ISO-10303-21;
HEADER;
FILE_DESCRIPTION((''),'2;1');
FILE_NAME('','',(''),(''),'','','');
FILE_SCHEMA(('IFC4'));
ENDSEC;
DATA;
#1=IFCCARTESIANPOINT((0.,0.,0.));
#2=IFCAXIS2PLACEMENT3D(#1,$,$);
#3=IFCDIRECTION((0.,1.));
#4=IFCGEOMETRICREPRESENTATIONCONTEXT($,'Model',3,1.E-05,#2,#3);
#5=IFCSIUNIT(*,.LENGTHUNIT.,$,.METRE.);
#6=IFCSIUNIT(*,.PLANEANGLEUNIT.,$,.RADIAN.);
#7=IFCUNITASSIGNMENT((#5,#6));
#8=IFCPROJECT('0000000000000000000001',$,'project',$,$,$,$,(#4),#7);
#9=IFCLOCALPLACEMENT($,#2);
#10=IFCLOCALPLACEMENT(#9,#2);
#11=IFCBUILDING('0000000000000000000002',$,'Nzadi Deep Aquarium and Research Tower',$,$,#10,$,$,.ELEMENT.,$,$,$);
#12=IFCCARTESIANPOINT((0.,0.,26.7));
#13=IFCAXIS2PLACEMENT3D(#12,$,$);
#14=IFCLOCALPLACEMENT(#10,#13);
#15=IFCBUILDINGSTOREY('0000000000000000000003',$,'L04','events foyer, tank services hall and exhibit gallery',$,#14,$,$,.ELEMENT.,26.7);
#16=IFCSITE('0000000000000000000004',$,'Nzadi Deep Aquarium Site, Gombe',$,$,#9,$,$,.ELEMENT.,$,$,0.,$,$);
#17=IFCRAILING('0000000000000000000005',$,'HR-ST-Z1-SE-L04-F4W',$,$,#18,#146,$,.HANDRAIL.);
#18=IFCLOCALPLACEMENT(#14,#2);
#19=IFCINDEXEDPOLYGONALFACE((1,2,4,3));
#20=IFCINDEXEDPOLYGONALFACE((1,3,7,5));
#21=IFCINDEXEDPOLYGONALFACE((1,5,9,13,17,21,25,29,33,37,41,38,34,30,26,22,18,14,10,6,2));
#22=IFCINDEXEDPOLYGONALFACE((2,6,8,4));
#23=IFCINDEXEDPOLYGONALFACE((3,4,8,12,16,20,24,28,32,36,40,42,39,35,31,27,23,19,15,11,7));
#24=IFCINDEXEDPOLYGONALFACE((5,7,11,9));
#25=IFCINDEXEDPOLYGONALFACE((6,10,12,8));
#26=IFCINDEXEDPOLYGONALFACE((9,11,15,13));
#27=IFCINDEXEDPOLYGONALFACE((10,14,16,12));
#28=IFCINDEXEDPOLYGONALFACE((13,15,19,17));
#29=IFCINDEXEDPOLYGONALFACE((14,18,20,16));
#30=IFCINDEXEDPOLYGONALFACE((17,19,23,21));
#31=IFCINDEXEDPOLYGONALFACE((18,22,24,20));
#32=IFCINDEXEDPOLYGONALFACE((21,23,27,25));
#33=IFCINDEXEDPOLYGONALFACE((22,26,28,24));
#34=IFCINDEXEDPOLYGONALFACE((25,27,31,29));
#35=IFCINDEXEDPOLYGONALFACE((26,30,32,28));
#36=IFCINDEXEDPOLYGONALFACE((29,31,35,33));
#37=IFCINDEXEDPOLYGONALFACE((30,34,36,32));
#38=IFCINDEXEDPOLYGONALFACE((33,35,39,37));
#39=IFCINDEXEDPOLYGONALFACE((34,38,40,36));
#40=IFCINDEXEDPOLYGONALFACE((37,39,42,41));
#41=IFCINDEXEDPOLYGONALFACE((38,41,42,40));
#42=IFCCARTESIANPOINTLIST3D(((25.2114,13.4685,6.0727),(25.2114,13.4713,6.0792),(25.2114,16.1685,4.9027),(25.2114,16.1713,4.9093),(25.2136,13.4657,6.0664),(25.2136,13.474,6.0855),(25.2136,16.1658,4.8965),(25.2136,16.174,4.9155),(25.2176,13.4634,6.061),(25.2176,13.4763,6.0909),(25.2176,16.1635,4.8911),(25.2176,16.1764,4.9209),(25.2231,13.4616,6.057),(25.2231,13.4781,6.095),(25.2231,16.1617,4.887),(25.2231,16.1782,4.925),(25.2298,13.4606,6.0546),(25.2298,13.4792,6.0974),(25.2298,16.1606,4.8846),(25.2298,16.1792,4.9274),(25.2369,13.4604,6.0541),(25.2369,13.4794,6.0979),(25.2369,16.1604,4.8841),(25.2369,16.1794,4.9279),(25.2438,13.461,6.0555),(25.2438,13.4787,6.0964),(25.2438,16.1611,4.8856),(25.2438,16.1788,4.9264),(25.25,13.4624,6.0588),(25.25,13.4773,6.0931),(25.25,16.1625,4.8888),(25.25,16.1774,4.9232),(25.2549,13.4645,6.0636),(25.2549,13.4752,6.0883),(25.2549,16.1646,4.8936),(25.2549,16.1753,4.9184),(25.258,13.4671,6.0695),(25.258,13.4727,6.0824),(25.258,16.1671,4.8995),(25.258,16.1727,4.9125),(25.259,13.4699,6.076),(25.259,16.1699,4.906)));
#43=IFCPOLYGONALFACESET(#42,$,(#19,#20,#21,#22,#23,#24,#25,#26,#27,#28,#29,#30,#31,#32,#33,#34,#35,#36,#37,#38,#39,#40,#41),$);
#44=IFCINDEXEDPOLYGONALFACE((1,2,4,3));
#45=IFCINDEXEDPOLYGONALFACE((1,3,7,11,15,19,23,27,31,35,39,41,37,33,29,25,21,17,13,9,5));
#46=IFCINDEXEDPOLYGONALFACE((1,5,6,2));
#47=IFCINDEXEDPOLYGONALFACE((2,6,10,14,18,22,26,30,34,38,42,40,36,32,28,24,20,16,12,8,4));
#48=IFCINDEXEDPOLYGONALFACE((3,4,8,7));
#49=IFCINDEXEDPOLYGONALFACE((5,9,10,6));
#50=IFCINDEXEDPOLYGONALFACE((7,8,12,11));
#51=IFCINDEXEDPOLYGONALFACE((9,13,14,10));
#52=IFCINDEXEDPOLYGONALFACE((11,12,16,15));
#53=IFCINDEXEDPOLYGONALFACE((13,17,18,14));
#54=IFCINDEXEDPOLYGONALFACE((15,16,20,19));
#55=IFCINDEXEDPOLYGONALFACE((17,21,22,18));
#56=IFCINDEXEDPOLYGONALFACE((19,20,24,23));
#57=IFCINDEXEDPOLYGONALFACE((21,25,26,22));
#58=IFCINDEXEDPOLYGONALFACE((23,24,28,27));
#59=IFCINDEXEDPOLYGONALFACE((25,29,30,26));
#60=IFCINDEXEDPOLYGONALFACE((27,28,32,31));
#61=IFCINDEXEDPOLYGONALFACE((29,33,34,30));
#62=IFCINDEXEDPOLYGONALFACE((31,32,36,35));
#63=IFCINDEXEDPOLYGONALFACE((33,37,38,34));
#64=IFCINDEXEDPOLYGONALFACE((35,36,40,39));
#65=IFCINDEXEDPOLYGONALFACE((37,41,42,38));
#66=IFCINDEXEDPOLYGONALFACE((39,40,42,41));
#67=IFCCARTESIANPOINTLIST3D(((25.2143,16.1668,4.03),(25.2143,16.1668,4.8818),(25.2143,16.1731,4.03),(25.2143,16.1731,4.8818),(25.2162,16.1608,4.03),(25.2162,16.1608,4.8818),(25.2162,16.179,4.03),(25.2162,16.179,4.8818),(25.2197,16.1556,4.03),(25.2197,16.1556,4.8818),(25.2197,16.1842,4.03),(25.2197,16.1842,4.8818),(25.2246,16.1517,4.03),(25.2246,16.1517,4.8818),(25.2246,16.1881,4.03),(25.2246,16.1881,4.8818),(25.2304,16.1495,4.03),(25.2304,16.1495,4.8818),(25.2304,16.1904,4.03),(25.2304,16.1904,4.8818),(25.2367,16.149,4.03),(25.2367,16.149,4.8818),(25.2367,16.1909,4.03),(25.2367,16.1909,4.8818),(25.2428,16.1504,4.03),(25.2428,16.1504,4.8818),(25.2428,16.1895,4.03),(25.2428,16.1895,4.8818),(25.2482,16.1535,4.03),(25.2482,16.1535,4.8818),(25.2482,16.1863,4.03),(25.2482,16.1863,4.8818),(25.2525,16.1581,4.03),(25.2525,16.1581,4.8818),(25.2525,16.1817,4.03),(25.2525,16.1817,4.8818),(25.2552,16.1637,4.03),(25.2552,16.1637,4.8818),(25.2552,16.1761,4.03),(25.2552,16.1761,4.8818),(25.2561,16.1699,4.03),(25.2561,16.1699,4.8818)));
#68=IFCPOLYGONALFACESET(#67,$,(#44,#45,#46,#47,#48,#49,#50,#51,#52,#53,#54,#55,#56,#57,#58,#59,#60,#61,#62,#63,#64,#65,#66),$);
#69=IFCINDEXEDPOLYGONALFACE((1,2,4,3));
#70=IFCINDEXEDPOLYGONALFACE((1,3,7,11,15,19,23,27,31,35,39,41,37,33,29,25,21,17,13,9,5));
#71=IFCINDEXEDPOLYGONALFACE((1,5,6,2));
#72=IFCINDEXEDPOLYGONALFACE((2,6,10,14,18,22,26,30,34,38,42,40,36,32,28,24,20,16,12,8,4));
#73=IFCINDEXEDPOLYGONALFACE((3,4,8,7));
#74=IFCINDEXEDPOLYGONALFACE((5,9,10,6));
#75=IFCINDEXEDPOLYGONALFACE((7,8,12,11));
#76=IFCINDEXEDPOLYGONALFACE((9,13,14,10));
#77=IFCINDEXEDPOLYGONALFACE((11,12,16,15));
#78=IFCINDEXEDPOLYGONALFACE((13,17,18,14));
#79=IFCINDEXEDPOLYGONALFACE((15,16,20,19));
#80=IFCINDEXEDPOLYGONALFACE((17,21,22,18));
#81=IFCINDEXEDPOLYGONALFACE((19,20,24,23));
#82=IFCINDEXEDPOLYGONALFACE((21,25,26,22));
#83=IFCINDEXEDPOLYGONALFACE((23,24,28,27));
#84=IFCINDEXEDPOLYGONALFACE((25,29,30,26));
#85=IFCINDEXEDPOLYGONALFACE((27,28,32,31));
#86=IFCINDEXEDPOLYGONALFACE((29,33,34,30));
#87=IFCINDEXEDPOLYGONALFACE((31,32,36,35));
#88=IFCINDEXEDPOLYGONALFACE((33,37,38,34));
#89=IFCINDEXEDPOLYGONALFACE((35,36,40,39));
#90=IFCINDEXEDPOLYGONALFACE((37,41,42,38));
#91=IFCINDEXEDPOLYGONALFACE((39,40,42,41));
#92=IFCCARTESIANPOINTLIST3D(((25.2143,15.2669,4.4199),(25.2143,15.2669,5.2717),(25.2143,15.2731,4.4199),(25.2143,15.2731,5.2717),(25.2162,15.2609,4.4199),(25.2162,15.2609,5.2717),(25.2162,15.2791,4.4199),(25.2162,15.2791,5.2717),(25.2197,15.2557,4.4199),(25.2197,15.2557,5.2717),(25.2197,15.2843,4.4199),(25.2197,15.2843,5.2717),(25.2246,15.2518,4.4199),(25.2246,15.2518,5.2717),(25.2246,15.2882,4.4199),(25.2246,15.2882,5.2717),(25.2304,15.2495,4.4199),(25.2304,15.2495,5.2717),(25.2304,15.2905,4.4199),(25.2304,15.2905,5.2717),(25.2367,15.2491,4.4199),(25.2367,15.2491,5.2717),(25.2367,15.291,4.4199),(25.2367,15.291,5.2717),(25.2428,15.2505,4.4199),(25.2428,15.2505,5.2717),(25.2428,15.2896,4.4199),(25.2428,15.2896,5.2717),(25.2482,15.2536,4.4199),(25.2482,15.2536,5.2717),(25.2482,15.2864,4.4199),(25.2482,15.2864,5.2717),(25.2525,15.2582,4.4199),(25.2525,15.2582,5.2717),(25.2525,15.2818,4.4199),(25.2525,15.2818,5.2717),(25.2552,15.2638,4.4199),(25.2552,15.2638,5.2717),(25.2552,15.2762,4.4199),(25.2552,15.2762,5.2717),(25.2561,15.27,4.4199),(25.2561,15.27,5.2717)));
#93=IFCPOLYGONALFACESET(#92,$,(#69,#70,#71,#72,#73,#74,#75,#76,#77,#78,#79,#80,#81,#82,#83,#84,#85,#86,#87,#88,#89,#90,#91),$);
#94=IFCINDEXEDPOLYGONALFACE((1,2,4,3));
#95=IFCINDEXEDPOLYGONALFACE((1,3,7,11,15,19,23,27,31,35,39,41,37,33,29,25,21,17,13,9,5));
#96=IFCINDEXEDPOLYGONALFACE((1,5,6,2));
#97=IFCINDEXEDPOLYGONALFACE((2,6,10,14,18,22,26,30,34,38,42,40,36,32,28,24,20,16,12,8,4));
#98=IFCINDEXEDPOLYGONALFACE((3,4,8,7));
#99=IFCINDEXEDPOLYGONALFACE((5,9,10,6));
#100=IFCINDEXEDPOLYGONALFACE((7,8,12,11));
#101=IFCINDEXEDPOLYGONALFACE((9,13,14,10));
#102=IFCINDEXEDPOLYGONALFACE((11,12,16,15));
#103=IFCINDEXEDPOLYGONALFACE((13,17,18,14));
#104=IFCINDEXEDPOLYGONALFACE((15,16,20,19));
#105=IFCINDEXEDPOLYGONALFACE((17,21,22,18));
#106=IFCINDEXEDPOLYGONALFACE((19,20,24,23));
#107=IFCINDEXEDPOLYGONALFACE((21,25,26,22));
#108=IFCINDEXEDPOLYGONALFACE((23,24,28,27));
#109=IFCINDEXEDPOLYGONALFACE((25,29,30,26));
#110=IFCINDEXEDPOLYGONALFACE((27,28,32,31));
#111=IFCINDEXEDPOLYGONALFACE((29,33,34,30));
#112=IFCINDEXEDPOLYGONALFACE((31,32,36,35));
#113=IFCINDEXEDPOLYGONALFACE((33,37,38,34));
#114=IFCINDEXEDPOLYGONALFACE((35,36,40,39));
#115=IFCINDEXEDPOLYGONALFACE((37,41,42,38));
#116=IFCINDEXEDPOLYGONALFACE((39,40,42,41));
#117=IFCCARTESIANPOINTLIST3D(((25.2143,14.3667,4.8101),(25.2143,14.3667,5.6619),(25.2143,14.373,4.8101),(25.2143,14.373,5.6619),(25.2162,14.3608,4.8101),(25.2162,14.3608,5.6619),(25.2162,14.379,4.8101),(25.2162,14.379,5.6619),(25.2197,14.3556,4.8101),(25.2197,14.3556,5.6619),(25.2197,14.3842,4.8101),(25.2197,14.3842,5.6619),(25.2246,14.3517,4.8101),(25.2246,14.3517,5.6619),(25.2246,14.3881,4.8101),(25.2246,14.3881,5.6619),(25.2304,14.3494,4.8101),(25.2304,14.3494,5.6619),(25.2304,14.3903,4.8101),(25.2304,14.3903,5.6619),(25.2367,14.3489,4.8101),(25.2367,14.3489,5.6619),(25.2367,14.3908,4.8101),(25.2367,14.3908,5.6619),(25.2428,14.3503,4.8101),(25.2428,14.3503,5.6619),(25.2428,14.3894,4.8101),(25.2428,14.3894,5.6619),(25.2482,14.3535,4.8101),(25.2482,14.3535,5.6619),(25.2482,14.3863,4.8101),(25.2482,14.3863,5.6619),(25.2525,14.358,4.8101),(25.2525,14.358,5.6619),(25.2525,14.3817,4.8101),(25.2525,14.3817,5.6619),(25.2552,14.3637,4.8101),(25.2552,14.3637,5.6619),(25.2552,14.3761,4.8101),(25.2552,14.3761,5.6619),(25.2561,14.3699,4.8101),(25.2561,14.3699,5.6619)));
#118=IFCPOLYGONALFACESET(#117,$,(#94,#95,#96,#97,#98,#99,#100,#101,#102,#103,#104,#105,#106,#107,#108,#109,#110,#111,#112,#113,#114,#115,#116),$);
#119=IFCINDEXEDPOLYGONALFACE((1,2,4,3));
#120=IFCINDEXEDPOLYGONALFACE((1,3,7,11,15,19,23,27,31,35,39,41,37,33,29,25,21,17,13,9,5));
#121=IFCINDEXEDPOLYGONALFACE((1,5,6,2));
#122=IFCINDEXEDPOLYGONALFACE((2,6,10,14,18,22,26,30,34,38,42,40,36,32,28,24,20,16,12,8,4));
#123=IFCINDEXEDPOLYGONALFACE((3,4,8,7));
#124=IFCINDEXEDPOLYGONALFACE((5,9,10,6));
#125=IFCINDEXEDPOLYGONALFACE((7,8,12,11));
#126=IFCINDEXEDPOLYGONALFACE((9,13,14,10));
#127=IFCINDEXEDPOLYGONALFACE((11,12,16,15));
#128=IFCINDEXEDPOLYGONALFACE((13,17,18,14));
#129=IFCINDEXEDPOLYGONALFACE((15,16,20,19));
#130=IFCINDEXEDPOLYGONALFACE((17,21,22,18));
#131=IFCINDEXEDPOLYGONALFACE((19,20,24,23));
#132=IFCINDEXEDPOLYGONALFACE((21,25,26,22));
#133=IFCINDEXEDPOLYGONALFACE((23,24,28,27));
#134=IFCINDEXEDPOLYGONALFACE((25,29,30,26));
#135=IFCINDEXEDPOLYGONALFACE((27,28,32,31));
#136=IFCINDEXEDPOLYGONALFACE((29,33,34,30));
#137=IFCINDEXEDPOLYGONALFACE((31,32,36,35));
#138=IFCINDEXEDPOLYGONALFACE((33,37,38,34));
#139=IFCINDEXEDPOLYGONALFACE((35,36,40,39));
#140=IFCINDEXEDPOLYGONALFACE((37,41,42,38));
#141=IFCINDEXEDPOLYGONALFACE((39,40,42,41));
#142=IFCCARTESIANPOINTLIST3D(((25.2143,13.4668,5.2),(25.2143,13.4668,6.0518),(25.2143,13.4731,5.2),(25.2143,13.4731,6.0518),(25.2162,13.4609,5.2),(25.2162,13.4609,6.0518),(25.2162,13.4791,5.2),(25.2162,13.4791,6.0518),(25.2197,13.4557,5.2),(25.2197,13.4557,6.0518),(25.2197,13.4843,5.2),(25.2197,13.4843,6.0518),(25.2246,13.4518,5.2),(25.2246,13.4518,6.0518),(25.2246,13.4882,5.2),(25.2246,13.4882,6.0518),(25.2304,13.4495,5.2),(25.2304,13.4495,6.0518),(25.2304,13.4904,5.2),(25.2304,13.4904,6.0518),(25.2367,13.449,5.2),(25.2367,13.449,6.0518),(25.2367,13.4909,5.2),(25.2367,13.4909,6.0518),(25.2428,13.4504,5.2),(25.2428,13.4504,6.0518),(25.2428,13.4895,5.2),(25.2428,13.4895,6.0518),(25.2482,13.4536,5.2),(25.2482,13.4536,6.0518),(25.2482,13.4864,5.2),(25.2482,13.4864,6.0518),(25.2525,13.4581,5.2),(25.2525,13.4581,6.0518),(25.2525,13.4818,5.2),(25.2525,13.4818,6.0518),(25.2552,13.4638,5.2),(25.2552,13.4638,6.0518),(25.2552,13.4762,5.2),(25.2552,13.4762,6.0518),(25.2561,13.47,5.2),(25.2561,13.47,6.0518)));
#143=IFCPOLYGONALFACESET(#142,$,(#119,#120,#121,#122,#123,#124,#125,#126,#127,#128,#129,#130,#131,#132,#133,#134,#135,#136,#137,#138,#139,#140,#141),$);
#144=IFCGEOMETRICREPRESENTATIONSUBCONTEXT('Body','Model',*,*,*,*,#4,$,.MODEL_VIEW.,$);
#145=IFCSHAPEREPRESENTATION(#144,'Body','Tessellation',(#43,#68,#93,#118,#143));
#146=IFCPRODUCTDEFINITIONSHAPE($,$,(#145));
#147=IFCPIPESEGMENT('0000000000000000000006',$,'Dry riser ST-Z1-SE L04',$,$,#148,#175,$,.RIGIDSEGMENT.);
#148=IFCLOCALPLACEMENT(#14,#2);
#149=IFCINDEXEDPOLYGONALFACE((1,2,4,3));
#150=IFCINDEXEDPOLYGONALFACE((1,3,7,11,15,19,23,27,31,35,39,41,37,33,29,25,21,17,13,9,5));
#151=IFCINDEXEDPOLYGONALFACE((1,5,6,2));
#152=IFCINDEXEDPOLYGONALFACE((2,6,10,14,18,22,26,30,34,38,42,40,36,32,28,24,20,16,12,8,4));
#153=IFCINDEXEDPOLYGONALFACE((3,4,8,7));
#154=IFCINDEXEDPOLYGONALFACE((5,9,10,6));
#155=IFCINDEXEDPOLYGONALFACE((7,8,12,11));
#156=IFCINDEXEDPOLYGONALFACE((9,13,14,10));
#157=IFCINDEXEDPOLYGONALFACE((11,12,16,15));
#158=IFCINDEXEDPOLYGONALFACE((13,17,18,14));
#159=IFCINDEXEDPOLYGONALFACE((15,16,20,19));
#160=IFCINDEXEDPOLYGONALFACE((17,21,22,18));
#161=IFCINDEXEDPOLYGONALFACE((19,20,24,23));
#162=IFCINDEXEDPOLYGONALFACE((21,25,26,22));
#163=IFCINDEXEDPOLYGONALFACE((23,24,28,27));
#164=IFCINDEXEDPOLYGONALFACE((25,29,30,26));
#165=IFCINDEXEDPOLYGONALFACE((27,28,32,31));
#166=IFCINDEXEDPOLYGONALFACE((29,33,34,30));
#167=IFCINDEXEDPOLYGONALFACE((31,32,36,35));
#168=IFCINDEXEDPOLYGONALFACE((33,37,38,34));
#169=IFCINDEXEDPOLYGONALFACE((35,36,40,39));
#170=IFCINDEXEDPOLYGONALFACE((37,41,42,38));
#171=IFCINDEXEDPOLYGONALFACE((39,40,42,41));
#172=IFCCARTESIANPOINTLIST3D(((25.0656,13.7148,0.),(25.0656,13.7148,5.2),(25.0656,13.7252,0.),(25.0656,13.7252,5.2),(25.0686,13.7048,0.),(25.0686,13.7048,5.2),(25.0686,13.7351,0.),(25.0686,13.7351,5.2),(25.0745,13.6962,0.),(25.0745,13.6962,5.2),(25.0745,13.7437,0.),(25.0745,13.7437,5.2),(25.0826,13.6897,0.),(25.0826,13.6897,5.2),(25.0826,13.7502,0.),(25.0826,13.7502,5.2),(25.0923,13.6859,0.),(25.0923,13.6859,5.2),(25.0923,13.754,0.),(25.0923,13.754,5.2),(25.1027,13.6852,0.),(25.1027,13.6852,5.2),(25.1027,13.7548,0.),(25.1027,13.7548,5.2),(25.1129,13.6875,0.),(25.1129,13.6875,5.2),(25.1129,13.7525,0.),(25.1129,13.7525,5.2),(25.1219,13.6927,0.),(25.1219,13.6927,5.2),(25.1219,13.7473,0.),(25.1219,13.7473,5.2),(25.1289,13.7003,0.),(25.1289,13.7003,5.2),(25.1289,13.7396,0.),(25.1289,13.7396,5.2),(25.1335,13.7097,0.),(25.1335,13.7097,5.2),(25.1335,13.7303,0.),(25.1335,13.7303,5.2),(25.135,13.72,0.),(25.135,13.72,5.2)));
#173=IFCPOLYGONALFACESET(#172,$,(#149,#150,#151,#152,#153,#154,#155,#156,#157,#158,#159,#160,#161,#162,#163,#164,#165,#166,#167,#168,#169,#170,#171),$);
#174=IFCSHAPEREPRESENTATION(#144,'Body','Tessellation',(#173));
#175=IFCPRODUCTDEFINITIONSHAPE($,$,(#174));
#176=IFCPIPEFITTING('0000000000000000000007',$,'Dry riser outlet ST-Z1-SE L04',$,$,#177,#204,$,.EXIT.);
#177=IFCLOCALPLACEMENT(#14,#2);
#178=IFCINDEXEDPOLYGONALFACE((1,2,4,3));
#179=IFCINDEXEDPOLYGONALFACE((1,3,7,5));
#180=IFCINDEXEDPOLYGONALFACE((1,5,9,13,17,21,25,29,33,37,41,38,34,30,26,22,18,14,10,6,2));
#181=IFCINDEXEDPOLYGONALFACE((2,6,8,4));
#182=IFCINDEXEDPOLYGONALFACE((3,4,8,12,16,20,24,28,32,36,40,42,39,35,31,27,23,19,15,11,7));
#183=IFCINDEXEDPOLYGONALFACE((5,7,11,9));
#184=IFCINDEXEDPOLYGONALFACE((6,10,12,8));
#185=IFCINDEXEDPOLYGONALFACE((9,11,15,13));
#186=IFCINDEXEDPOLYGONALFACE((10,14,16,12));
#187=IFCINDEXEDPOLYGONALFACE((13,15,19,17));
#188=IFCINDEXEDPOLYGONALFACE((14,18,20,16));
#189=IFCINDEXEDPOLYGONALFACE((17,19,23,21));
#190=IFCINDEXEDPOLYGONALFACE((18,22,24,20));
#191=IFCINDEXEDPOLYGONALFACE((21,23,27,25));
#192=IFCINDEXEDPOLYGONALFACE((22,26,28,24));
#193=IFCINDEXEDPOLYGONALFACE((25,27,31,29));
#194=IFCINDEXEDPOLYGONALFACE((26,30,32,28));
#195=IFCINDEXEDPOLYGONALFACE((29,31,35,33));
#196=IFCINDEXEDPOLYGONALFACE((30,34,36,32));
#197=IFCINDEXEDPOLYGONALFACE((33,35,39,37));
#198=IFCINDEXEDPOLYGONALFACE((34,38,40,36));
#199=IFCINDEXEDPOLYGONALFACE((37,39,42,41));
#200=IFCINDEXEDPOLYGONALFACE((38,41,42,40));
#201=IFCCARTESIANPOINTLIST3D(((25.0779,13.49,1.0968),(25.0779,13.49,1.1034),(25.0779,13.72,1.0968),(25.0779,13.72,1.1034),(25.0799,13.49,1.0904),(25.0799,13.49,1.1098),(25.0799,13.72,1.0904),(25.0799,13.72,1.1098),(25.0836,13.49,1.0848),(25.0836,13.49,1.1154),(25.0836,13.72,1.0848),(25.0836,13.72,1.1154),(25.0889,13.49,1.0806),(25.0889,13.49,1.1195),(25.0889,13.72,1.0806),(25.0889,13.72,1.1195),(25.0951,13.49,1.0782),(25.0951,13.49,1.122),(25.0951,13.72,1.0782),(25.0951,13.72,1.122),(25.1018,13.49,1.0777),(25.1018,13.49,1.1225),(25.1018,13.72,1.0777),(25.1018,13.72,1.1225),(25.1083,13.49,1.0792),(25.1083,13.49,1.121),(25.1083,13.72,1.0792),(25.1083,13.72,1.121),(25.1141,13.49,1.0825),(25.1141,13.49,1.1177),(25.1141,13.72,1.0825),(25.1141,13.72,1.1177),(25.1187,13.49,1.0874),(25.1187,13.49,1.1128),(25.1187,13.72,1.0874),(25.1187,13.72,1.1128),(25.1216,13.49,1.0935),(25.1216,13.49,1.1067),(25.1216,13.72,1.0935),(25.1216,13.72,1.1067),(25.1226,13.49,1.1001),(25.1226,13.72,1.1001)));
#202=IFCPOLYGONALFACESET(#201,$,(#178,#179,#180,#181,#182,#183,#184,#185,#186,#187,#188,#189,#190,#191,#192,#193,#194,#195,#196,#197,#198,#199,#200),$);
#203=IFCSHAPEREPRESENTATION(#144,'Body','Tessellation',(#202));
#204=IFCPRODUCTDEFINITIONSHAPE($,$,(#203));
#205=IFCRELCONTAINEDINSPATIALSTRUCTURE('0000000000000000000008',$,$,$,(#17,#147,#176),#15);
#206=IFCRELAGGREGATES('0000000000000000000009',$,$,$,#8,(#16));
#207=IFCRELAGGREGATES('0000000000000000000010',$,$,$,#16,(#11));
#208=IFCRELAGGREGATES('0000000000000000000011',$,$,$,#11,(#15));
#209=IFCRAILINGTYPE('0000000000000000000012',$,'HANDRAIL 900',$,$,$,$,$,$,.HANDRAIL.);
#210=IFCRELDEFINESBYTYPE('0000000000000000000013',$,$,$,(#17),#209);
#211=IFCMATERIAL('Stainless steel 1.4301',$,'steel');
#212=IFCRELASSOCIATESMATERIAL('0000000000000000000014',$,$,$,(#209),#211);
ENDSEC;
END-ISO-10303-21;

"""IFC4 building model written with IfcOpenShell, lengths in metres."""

from ifc_helpers import new_model, si_unit, direction, frame, origin, origin_2d, place, context, subcontext, project, spatial, circle, extrude, material, type_object, element, save


model = new_model("IFC4")

# Units and contexts
model_context = context("Model", 3, precision=1e-05, world=origin(), true_north=direction((0.0, 1.0)))
body_context = subcontext(model_context, "Body", "Model", "MODEL_VIEW")
ifc_project = project(units=[si_unit("LENGTHUNIT", "METRE"), si_unit("PLANEANGLEUNIT", "RADIAN")], contexts=[model_context])

# Site, building, storey
site_placement = place(None, origin())
site = spatial("IfcSite", under=ifc_project, at=site_placement, Name="Nzadi Deep Aquarium Site, Gombe", CompositionType="ELEMENT", RefElevation=0.0)
building_placement = place(site_placement, origin())
building = spatial("IfcBuilding", under=site, at=building_placement, Name="Nzadi Deep Aquarium and Research Tower", CompositionType="ELEMENT")
storey_placement = place(building_placement, frame((0.0, 0.0, 26.7)))
storey = spatial("IfcBuildingStorey", under=building, at=storey_placement, Name="L04", Description="events foyer, tank services hall and exhibit gallery", CompositionType="ELEMENT", Elevation=26.7)

# Railing
ifc_material_1 = material(Name="Stainless steel 1.4301", Category="steel")
railing_type = type_object("IfcRailingType", Name="HANDRAIL 900", PredefinedType="HANDRAIL", material=ifc_material_1)
for number, where, name in (
    (1, (25.2351, 16.1699, 4.03), "HR-ST-Z1-SE-L04-F4W"),
):
    element("IfcRailing", number, at=place(storey_placement, frame(where)), inside=storey, type_object=railing_type, Name=name, PredefinedType="HANDRAIL", context=body_context, shape_type="SweptSolid", body=[
        extrude(circle(Radius=0.0239, at=origin_2d()), frame((0.0, 0.0, 0.876), z_axis=(0.0, -0.917563, 0.397591), x_axis=(1.0, 0.0, 0.0)), (0.0, 0.0, 1.0), 2.9426),
        extrude(circle(Radius=0.021, at=origin_2d()), origin(), (0.0, 0.0, 1.0), 0.8518),
        extrude(circle(Radius=0.021, at=origin_2d()), frame((0.0, -0.8999, 0.3899)), (0.0, 0.0, 1.0), 0.8518),
        extrude(circle(Radius=0.021, at=origin_2d()), frame((0.0, -1.8, 0.78)), (0.0, 0.0, 1.0), 0.8518),
        extrude(circle(Radius=0.021, at=origin_2d()), frame((0.0, -2.7, 1.1699)), (0.0, 0.0, 1.0), 0.8518),
    ])

# Pipe segment
pipe_segment_placement = place(storey_placement, frame((25.1001, 13.72, 0.0), z_axis=(0.0, 0.0, 1.0), x_axis=(1.0, 0.0, 0.0)))
element("IfcPipeSegment", 2, at=pipe_segment_placement, inside=storey, Name="Dry riser ST-Z1-SE L04", PredefinedType="RIGIDSEGMENT", context=body_context, shape_type="SweptSolid", body=[
    extrude(circle(Radius=0.0349, at=origin_2d()), origin(), (0.0, 0.0, 1.0), 5.2),
])

# Pipe fitting
pipe_fitting_placement = place(storey_placement, frame((25.1001, 13.72, 1.1001), z_axis=(0.0, -1.0, 0.0), x_axis=(1.0, 0.0, 0.0)))
element("IfcPipeFitting", 3, at=pipe_fitting_placement, inside=storey, Name="Dry riser outlet ST-Z1-SE L04", PredefinedType="EXIT", context=body_context, shape_type="SweptSolid", body=[
    extrude(circle(Radius=0.0225, at=origin_2d()), origin(), (0.0, 0.0, 1.0), 0.23),
])

save(model, "model.ifc")
